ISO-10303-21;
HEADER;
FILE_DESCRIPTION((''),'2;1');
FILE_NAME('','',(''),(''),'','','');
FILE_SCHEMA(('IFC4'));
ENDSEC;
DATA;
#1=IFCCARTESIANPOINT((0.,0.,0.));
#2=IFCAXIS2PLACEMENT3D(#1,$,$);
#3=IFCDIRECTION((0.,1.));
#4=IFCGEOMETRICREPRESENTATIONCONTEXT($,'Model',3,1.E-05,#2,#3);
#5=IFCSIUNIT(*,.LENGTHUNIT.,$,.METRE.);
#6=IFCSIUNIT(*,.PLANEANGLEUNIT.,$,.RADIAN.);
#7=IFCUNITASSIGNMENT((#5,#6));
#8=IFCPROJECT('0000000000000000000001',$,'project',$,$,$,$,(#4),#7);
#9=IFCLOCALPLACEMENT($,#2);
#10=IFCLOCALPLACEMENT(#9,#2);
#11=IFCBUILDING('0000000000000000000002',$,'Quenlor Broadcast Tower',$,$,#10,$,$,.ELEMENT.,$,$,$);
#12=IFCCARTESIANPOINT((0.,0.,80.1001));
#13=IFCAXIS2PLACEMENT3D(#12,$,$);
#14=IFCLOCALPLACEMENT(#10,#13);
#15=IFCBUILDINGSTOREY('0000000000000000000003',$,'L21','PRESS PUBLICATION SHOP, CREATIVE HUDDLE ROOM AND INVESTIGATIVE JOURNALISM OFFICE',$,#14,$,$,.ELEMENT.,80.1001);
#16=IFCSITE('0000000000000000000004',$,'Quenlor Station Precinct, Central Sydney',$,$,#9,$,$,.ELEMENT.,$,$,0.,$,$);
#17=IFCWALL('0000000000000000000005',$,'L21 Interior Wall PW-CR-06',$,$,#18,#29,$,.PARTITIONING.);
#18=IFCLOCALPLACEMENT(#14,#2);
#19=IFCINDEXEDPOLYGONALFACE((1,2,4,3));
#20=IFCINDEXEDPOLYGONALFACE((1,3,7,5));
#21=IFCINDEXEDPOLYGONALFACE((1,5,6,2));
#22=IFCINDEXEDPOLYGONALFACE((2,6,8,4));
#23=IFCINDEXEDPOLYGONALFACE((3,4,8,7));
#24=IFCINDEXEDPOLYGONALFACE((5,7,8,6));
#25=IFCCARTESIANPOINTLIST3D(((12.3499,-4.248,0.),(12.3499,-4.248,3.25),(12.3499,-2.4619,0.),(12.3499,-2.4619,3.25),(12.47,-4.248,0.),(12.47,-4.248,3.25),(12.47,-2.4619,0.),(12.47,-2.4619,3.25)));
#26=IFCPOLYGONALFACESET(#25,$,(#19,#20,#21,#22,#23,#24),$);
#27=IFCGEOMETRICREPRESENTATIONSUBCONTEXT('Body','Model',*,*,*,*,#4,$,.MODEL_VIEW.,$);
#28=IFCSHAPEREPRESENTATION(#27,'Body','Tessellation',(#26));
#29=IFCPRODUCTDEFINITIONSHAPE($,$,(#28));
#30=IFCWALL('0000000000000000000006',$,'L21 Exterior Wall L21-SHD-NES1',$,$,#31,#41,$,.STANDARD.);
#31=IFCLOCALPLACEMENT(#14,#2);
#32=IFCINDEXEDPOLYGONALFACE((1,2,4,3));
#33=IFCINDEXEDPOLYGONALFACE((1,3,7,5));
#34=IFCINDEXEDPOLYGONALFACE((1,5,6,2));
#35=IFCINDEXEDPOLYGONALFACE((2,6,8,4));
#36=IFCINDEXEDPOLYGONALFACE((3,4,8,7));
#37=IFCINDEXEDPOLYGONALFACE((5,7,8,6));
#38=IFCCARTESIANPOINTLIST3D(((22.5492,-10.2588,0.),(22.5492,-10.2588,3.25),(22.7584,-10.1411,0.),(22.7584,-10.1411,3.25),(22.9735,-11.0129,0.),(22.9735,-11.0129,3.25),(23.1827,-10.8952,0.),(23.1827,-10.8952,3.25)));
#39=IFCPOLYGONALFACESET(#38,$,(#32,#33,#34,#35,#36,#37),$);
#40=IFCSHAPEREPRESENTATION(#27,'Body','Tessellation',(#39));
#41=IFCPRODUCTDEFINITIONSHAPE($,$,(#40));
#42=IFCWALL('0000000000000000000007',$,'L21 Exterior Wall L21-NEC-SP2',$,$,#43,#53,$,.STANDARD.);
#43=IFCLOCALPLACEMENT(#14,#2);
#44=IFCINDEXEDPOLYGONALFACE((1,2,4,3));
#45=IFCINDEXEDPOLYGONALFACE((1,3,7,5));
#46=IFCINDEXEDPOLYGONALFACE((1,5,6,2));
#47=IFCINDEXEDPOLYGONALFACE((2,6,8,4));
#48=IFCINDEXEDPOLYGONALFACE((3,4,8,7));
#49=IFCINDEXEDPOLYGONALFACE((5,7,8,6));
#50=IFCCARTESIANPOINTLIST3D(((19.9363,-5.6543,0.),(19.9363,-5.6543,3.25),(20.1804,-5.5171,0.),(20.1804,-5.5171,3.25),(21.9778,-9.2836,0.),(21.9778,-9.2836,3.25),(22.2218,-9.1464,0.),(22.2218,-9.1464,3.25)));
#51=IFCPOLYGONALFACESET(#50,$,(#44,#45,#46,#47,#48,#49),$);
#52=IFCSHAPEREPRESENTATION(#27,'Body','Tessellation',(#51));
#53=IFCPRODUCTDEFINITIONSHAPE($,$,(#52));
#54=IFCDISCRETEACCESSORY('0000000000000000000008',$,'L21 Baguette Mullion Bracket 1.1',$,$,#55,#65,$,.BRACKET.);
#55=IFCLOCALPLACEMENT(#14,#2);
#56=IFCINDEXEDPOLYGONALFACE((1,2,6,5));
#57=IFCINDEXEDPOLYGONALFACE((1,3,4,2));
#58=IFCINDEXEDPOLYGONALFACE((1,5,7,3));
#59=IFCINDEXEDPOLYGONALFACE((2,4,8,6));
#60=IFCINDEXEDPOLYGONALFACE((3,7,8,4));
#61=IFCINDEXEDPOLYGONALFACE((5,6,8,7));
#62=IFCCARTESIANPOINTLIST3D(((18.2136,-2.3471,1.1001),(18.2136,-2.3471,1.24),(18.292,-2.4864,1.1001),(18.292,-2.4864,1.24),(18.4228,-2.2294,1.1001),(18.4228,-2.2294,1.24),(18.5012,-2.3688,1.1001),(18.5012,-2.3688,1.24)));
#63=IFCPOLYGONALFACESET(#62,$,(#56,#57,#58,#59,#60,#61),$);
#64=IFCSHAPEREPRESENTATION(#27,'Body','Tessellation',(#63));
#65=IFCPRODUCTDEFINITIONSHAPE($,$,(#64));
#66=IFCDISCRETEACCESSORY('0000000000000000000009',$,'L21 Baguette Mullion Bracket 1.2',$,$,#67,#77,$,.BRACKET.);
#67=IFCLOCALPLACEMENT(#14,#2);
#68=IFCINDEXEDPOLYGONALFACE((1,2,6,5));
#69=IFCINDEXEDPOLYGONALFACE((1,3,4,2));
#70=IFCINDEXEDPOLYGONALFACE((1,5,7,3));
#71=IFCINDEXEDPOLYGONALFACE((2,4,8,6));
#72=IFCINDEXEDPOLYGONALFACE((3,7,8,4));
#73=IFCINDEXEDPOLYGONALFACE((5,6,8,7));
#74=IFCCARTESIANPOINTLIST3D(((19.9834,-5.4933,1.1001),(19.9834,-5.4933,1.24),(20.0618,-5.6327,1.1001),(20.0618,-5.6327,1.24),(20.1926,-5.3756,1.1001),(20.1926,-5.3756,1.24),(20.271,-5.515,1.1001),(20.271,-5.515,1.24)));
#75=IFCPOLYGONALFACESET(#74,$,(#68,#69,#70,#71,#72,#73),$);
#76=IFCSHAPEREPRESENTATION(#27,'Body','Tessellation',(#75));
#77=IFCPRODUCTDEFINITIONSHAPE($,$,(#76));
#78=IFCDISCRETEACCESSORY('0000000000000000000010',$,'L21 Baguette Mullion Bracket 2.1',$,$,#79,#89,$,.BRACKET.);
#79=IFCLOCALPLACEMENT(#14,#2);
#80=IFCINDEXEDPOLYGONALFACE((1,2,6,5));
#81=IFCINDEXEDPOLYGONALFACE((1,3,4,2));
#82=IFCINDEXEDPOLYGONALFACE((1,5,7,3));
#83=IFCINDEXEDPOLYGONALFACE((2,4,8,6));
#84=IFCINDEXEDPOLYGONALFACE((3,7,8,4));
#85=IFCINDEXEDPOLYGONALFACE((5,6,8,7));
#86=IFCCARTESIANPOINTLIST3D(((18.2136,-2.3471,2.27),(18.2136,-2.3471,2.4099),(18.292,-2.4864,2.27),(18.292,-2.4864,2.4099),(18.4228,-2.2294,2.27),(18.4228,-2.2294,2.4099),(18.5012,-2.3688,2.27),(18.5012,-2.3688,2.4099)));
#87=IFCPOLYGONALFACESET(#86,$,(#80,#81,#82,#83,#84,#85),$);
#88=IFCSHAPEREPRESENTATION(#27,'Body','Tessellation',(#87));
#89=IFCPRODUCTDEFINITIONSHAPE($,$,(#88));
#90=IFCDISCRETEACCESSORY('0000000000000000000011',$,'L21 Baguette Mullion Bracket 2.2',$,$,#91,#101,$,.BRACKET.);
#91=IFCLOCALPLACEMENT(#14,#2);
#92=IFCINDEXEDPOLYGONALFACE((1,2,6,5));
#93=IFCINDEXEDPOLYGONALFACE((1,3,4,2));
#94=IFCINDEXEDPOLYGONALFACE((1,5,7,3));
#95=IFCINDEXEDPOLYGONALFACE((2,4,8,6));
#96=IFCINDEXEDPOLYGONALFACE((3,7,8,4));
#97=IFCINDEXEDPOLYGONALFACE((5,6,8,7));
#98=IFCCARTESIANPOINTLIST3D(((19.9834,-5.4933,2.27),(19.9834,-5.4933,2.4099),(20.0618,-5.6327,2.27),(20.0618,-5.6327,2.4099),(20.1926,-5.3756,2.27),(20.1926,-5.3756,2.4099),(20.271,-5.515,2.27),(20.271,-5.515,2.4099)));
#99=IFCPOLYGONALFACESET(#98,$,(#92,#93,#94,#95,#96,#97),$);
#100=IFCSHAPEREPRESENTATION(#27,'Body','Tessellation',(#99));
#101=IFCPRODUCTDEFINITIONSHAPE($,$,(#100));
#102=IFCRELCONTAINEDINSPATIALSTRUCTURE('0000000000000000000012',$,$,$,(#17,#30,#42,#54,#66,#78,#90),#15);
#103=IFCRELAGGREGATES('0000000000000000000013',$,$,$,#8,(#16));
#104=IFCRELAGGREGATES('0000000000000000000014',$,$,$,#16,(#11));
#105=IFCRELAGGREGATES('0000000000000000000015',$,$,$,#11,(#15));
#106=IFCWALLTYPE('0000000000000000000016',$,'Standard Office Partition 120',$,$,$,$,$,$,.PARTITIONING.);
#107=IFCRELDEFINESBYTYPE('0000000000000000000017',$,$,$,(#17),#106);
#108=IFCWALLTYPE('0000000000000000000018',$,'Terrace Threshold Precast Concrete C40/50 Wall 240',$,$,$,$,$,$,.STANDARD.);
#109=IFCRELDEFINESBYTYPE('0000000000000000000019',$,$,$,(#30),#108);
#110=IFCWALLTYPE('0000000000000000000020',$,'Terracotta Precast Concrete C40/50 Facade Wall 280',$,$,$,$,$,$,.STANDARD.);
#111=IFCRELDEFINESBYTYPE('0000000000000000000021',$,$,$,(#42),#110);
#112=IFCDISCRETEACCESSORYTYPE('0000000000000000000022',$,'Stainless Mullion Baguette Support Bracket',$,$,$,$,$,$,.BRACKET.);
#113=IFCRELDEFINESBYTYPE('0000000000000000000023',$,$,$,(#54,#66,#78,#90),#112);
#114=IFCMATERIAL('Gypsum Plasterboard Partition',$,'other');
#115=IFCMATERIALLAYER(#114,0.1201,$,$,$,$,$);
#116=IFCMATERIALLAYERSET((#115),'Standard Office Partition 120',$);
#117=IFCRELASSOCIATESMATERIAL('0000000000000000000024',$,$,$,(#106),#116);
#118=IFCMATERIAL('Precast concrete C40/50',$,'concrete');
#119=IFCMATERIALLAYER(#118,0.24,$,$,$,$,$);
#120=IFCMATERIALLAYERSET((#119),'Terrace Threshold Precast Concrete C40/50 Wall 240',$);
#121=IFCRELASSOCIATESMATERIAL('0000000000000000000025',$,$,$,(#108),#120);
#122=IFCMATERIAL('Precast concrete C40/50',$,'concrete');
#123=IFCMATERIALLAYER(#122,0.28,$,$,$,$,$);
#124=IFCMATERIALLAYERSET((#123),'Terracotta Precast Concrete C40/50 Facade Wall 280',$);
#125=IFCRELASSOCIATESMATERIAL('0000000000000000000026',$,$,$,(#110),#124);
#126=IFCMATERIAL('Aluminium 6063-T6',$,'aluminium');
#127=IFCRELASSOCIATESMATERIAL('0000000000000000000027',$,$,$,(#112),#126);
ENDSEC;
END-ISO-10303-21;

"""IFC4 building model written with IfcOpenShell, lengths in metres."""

from ifc_helpers import new_model, si_unit, direction, frame, frame_2d, origin, origin_2d, place, context, subcontext, project, spatial, rectangle, extrude, material, layer, layer_set, type_object, element, save


model = new_model("IFC4")

# Units and contexts
model_context = context("Model", 3, precision=1e-05, world=origin(), true_north=direction((0.0, 1.0)))
body_context = subcontext(model_context, "Body", "Model", "MODEL_VIEW")
ifc_project = project(units=[si_unit("LENGTHUNIT", "METRE"), si_unit("PLANEANGLEUNIT", "RADIAN")], contexts=[model_context])

# Site, building, storey
site_placement = place(None, origin())
site = spatial("IfcSite", under=ifc_project, at=site_placement, Name="Quenlor Station Precinct, Central Sydney", CompositionType="ELEMENT", RefElevation=0.0)
building_placement = place(site_placement, origin())
building = spatial("IfcBuilding", under=site, at=building_placement, Name="Quenlor Broadcast Tower", CompositionType="ELEMENT")
storey_placement = place(building_placement, frame((0.0, 0.0, 80.1001)))
storey = spatial("IfcBuildingStorey", under=building, at=storey_placement, Name="L21", Description="PRESS PUBLICATION SHOP, CREATIVE HUDDLE ROOM AND INVESTIGATIVE JOURNALISM OFFICE", CompositionType="ELEMENT", Elevation=80.1001)

# Walls
ifc_material_1 = material(Name="Gypsum Plasterboard Partition", Category="other")
ifc_layer_1 = layer(ifc_material_1, 0.1201)
ifc_layer_set_1 = layer_set([ifc_layer_1], Name="Standard Office Partition 120")
wall_type_1 = type_object("IfcWallType", Name="Standard Office Partition 120", PredefinedType="PARTITIONING", material=ifc_layer_set_1)
wall_1_placement = place(storey_placement, frame((12.4099, -2.4619, 0.0), z_axis=(0.0, 0.0, 1.0), x_axis=(0.0, -1.0, 0.0)))
element("IfcWall", 1, at=wall_1_placement, inside=storey, type_object=wall_type_1, Name="L21 Interior Wall PW-CR-06", PredefinedType="PARTITIONING", context=body_context, shape_type="SweptSolid", body=[
    extrude(rectangle(XDim=1.7861, YDim=0.1201, at=frame_2d((0.8931, 0.0))), origin(), (0.0, 0.0, 1.0), 3.25),
])
ifc_material_2 = material(Name="Precast concrete C40/50", Category="concrete")
ifc_layer_2 = layer(ifc_material_2, 0.24)
ifc_layer_set_2 = layer_set([ifc_layer_2], Name="Terrace Threshold Precast Concrete C40/50 Wall 240")
wall_type_2 = type_object("IfcWallType", Name="Terrace Threshold Precast Concrete C40/50 Wall 240", PredefinedType="STANDARD", material=ifc_layer_set_2)
wall_2_placement = place(storey_placement, frame((22.6538, -10.2, 0.0), z_axis=(0.0, 0.0, 1.0), x_axis=(0.490355, -0.871523, 0.0)))
element("IfcWall", 2, at=wall_2_placement, inside=storey, type_object=wall_type_2, Name="L21 Exterior Wall L21-SHD-NES1", PredefinedType="STANDARD", context=body_context, shape_type="SweptSolid", body=[
    extrude(rectangle(XDim=0.8652, YDim=0.24, at=frame_2d((0.4326, 0.0))), origin(), (0.0, 0.0, 1.0), 3.25),
])
ifc_material_3 = material(Name="Precast concrete C40/50", Category="concrete")
ifc_layer_3 = layer(ifc_material_3, 0.28)
ifc_layer_set_3 = layer_set([ifc_layer_3], Name="Terracotta Precast Concrete C40/50 Facade Wall 280")
wall_type_3 = type_object("IfcWallType", Name="Terracotta Precast Concrete C40/50 Facade Wall 280", PredefinedType="STANDARD", material=ifc_layer_set_3)
wall_3_placement = place(storey_placement, frame((20.0583, -5.5857, 0.0), z_axis=(0.0, 0.0, 1.0), x_axis=(0.490256, -0.871579, 0.0)))
element("IfcWall", 3, at=wall_3_placement, inside=storey, type_object=wall_type_3, Name="L21 Exterior Wall L21-NEC-SP2", PredefinedType="STANDARD", context=body_context, shape_type="SweptSolid", body=[
    extrude(rectangle(XDim=4.1641, YDim=0.28, at=frame_2d((2.082, 0.0))), origin(), (0.0, 0.0, 1.0), 3.25),
])

# Discrete accessories
ifc_material_4 = material(Name="Aluminium 6063-T6", Category="aluminium")
discrete_accessory_type = type_object("IfcDiscreteAccessoryType", Name="Stainless Mullion Baguette Support Bracket", PredefinedType="BRACKET", material=ifc_material_4)
for number, where, z_axis, x_axis, name in (
    (4, (18.3574, -2.3579, 1.1001), (0.0, 0.0, 1.0), (0.490277, -0.871567, 0.0), "L21 Baguette Mullion Bracket 1.1"),
    (5, (20.1272, -5.5042, 1.1001), (0.0, 0.0, 1.0), (0.490277, -0.871567, 0.0), "L21 Baguette Mullion Bracket 1.2"),
    (6, (18.3574, -2.3579, 2.27), (0.0, 0.0, 1.0), (0.490277, -0.871567, 0.0), "L21 Baguette Mullion Bracket 2.1"),
    (7, (20.1272, -5.5042, 2.27), (0.0, 0.0, 1.0), (0.490277, -0.871567, 0.0), "L21 Baguette Mullion Bracket 2.2"),
):
    element("IfcDiscreteAccessory", number, at=place(storey_placement, frame(where, z_axis=z_axis, x_axis=x_axis)), inside=storey, type_object=discrete_accessory_type, Name=name, PredefinedType="BRACKET", context=body_context, shape_type="SweptSolid", body=[
        extrude(rectangle(XDim=0.1599, YDim=0.24, at=origin_2d()), origin(), (0.0, 0.0, 1.0), 0.1399),
    ])

save(model, "model.ifc")
